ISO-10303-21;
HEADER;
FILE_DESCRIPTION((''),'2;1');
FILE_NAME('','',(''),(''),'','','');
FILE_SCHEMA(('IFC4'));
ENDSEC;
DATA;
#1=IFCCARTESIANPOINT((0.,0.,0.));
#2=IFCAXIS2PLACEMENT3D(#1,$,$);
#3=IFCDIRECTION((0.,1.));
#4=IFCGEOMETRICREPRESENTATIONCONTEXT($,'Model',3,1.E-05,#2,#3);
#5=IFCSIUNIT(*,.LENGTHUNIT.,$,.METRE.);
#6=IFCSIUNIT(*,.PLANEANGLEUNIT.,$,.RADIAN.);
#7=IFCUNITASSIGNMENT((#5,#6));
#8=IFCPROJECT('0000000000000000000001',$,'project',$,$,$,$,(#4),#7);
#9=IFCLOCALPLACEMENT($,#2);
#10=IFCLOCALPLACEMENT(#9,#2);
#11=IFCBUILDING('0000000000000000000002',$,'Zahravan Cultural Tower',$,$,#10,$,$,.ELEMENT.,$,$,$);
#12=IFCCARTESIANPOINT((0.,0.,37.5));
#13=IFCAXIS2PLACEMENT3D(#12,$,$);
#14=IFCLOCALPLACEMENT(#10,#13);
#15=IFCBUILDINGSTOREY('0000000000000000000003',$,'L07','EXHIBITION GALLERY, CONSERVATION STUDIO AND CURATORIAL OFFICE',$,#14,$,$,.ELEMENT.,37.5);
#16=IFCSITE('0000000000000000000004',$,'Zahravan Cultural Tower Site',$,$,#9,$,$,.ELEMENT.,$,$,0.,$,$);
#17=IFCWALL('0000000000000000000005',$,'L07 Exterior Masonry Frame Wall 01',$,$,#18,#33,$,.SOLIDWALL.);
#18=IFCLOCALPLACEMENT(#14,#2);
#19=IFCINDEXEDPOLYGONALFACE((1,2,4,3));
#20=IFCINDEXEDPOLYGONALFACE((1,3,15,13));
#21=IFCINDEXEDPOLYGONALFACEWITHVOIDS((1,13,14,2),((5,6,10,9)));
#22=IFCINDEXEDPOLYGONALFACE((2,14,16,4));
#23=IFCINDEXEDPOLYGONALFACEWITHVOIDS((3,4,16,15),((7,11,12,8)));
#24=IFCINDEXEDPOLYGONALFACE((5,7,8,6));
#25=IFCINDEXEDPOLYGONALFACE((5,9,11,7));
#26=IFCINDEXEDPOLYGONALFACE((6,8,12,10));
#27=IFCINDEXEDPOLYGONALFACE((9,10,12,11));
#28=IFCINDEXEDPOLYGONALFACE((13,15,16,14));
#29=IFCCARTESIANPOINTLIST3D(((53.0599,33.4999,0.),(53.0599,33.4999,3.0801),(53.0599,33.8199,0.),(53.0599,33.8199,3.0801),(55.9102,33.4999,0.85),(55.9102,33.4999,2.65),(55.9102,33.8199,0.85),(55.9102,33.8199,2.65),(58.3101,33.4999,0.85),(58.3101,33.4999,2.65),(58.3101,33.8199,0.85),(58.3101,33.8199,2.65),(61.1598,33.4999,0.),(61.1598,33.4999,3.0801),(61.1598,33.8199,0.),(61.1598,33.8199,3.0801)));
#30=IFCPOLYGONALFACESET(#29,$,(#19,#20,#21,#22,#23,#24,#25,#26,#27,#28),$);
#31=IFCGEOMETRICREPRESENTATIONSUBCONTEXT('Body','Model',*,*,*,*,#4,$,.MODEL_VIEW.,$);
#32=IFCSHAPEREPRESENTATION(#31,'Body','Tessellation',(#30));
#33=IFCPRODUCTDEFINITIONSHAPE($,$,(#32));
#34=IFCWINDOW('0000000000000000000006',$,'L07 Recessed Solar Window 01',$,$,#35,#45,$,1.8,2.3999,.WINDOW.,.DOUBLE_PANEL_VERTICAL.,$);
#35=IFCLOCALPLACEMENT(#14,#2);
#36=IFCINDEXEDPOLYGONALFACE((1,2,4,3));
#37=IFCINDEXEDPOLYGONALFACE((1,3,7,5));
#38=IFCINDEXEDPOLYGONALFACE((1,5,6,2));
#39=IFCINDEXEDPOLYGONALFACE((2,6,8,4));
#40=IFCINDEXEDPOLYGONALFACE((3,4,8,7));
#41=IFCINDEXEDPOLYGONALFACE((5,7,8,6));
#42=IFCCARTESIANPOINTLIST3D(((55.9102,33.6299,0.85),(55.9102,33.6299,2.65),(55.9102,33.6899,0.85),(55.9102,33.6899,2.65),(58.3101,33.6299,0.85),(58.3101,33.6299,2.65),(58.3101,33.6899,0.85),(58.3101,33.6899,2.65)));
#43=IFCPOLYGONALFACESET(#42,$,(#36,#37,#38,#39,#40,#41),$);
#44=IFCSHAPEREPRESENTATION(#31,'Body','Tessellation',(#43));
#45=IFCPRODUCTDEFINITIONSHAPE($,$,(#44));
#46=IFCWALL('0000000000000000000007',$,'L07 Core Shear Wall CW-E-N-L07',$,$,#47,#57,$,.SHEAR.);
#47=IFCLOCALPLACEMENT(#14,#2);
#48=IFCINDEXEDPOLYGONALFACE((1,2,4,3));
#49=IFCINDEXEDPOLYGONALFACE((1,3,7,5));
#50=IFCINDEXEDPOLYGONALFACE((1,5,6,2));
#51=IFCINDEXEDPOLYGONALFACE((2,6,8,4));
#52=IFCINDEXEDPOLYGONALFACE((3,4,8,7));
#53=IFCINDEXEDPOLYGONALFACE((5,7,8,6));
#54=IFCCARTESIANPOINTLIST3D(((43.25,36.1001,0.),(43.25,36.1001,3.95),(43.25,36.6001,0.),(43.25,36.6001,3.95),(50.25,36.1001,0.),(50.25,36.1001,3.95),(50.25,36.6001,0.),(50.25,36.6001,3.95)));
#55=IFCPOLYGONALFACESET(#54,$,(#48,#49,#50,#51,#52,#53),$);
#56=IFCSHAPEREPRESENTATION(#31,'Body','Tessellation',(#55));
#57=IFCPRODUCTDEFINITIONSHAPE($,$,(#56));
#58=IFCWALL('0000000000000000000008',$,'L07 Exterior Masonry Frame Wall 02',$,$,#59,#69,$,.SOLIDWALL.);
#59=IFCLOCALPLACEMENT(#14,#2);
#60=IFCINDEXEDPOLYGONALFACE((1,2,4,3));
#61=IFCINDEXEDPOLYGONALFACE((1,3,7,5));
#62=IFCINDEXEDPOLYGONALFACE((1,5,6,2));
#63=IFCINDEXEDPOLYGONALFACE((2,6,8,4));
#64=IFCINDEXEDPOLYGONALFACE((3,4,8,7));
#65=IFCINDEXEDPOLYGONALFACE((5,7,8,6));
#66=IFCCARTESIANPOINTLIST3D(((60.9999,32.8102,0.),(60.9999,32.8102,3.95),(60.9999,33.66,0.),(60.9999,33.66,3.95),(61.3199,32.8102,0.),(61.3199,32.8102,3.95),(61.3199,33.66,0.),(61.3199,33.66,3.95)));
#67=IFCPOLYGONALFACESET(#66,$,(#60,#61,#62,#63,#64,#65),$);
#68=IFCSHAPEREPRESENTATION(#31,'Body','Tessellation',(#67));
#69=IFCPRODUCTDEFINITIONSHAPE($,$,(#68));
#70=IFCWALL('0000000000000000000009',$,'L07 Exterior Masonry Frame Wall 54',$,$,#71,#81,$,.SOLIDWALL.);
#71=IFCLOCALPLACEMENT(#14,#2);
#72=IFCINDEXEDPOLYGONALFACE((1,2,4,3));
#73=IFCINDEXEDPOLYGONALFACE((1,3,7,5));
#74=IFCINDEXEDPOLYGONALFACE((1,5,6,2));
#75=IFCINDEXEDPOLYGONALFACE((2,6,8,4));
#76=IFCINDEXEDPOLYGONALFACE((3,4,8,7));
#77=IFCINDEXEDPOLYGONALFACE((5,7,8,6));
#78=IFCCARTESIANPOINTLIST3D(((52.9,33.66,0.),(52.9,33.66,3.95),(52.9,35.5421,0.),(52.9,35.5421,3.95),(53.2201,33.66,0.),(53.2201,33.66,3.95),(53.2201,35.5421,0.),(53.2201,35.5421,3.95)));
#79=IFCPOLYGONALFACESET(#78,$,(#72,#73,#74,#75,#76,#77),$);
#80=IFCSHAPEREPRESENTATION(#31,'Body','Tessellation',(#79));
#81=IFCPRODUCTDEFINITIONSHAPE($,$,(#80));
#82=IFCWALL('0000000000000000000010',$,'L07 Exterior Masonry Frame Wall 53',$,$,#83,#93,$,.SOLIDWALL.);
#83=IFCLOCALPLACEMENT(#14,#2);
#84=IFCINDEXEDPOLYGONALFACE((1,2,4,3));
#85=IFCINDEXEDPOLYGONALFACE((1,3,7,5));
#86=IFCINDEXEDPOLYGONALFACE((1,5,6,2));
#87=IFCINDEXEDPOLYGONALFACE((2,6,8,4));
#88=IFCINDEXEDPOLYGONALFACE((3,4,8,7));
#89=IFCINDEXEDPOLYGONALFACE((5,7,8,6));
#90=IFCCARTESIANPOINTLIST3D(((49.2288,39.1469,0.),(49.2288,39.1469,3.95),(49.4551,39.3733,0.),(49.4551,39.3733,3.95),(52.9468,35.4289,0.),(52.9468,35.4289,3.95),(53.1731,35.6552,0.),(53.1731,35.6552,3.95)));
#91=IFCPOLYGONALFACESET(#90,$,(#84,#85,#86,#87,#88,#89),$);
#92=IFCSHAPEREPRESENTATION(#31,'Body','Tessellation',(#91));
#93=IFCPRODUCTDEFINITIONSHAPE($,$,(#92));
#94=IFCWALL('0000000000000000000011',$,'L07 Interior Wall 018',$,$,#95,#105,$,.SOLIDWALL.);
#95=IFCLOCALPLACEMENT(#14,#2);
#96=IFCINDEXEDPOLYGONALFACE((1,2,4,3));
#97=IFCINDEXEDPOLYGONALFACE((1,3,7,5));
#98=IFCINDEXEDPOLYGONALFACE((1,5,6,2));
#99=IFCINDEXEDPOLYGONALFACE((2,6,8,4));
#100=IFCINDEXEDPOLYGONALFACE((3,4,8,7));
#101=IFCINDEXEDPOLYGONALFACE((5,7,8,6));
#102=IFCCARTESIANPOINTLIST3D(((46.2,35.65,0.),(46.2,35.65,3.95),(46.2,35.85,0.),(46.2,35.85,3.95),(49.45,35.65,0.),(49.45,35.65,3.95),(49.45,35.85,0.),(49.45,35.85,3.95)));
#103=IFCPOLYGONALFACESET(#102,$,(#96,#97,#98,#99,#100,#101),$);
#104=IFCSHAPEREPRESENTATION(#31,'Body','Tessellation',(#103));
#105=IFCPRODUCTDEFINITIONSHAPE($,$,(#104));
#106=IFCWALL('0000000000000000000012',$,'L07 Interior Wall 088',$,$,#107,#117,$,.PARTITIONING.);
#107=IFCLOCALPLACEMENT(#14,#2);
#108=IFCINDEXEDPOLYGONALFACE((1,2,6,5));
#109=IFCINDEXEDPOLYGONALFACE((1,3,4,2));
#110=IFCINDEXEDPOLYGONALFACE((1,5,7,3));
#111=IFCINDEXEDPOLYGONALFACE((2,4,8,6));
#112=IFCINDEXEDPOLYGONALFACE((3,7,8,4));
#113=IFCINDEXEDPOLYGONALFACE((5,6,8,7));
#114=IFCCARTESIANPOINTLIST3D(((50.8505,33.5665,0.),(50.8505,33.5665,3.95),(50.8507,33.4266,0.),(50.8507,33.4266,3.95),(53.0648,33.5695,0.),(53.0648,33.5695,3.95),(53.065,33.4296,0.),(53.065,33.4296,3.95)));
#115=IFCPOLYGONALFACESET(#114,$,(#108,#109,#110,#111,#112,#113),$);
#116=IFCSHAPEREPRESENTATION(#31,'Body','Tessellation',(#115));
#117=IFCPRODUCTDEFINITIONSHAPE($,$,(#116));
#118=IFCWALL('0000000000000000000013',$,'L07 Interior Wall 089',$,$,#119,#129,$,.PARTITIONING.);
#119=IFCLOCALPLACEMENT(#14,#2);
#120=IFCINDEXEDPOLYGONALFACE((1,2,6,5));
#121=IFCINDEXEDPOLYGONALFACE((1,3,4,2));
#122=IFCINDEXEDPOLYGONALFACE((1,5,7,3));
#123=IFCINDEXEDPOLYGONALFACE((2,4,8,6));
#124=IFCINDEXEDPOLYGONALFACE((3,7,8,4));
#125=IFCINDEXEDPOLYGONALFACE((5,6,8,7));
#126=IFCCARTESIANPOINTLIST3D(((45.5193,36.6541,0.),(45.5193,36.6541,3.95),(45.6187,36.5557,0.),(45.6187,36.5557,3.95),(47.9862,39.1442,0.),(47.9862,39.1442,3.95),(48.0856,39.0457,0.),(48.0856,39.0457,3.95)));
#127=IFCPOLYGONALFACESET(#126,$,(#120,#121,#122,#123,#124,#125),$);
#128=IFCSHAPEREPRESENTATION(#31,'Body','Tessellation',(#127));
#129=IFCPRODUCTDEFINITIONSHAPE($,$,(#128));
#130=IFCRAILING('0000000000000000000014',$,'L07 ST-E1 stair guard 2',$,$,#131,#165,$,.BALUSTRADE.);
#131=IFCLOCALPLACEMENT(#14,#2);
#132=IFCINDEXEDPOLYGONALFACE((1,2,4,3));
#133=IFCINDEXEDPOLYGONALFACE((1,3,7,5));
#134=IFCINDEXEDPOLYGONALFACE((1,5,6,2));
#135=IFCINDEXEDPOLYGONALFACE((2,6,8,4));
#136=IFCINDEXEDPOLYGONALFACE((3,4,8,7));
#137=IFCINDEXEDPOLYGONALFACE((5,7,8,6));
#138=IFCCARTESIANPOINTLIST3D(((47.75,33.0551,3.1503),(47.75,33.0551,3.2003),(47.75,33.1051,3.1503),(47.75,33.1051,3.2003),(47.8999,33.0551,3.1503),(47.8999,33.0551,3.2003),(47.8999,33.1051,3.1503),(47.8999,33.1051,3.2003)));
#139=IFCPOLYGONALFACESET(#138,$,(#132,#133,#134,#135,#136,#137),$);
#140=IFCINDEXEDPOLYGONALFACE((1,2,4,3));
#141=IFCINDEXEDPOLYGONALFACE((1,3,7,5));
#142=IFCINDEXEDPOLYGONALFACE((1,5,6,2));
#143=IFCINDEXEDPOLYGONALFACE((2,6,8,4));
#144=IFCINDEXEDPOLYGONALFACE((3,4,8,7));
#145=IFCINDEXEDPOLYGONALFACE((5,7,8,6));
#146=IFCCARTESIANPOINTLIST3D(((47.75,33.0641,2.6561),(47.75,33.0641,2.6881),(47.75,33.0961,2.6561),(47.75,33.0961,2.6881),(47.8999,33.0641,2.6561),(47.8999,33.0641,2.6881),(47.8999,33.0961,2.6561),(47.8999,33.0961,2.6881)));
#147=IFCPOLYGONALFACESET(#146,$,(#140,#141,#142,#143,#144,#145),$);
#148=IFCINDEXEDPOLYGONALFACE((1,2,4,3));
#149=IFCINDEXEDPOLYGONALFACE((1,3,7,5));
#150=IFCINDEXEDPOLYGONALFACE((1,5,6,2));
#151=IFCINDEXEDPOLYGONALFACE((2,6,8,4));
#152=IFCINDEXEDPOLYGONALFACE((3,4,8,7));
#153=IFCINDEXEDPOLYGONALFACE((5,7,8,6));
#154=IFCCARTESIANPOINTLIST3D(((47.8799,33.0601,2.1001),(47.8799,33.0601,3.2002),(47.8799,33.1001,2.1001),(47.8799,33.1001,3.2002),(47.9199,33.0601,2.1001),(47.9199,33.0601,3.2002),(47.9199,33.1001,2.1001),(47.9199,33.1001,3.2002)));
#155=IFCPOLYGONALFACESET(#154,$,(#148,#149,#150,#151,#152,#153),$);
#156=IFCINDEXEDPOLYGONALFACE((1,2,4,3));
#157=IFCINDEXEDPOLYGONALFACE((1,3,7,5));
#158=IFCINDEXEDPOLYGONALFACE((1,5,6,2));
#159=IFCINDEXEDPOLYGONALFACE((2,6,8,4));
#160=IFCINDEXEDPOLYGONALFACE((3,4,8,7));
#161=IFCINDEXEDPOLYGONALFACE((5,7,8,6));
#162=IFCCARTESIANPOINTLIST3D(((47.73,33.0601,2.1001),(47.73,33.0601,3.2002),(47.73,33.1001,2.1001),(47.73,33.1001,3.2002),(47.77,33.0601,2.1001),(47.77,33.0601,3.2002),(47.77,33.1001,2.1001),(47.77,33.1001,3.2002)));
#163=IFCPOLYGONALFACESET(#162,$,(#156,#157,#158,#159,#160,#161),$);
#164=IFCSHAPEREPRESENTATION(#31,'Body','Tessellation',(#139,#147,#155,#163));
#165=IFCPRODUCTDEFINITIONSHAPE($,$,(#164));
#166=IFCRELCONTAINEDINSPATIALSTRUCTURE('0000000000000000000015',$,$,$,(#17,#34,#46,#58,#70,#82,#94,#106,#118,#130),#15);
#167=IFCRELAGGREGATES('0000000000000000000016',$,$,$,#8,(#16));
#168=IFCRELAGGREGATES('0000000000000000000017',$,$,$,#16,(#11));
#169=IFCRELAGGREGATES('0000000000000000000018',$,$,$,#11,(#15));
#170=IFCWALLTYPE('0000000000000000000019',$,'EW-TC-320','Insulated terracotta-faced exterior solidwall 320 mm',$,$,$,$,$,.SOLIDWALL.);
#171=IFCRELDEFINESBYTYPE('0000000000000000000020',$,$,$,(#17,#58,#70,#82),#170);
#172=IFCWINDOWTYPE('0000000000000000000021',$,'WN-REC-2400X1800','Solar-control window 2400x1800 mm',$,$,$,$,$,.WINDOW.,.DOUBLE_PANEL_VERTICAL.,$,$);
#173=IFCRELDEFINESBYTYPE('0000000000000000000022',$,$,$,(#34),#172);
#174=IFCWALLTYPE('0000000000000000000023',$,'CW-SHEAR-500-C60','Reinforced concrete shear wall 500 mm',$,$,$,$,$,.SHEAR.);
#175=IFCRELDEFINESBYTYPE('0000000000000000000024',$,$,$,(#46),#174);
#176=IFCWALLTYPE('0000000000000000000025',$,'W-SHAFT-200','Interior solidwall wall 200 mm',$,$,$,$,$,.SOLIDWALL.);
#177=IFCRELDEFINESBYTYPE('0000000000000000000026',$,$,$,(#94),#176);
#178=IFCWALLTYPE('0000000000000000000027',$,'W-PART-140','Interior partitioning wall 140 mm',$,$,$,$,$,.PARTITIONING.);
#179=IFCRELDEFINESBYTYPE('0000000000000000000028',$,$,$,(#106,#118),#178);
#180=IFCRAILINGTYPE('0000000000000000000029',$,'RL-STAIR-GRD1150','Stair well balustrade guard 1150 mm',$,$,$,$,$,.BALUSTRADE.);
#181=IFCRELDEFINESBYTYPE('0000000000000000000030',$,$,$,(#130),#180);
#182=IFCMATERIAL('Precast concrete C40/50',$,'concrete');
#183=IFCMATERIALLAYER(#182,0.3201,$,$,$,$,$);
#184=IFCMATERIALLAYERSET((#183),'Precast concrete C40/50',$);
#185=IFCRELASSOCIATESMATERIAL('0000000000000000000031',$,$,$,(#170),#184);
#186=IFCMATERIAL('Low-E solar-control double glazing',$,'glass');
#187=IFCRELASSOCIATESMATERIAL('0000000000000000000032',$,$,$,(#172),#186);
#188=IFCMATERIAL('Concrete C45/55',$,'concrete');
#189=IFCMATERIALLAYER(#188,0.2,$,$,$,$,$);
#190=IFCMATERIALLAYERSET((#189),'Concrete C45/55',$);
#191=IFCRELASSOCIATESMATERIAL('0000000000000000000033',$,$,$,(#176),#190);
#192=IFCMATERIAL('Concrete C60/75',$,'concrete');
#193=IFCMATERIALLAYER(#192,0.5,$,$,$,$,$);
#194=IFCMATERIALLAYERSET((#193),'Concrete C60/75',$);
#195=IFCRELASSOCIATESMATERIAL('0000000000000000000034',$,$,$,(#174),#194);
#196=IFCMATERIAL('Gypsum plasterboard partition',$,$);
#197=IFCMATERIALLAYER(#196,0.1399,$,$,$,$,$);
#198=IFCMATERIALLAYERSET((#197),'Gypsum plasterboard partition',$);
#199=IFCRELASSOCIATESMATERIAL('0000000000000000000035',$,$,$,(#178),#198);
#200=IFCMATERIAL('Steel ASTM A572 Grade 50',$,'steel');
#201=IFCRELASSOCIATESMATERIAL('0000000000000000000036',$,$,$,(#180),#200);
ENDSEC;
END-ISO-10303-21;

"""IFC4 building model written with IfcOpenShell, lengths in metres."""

from ifc_helpers import new_model, si_unit, direction, frame, frame_2d, origin, origin_2d, place, context, subcontext, project, spatial, rectangle, extrude, source, transform, mapped, material, layer, layer_set, type_object, element, fill, save


model = new_model("IFC4")

# Units and contexts
model_context = context("Model", 3, precision=1e-05, world=origin(), true_north=direction((0.0, 1.0)))
body_context = subcontext(model_context, "Body", "Model", "MODEL_VIEW")
ifc_project = project(units=[si_unit("LENGTHUNIT", "METRE"), si_unit("PLANEANGLEUNIT", "RADIAN")], contexts=[model_context])

# Site, building, storey
site_placement = place(None, origin())
site = spatial("IfcSite", under=ifc_project, at=site_placement, Name="Zahravan Cultural Tower Site", CompositionType="ELEMENT", RefElevation=0.0)
building_placement = place(site_placement, origin())
building = spatial("IfcBuilding", under=site, at=building_placement, Name="Zahravan Cultural Tower", CompositionType="ELEMENT")
storey_placement = place(building_placement, frame((0.0, 0.0, 37.5)))
storey = spatial("IfcBuildingStorey", under=building, at=storey_placement, Name="L07", Description="EXHIBITION GALLERY, CONSERVATION STUDIO AND CURATORIAL OFFICE", CompositionType="ELEMENT", Elevation=37.5)

# Shared definitions
ifc_material_1 = material(Name="Concrete C60/75", Category="concrete")

# Wall, opening, window
ifc_material_2 = material(Name="Precast concrete C40/50", Category="concrete")
ifc_layer_1 = layer(ifc_material_2, 0.3201)
ifc_layer_set_1 = layer_set([ifc_layer_1], Name="Precast concrete C40/50")
wall_type_1 = type_object("IfcWallType", Name="EW-TC-320", Description="Insulated terracotta-faced exterior solidwall 320 mm", PredefinedType="SOLIDWALL", material=ifc_layer_set_1)
wall_1_placement = place(storey_placement, frame((53.0601, 33.6599, 0.0), z_axis=(0.0, 0.0, 1.0), x_axis=(1.0, 0.0, 0.0)))
wall_1 = element("IfcWall", 1, at=wall_1_placement, inside=storey, type_object=wall_type_1, Name="L07 Exterior Masonry Frame Wall 01", PredefinedType="SOLIDWALL", context=body_context, shape_type="SweptSolid", body=[
    extrude(rectangle(XDim=8.0999, YDim=0.3201, at=frame_2d((4.0498, 0.0))), origin(), (0.0, 0.0, 1.0), 3.0801),
])
opening_1_placement = place(wall_1_placement, frame((2.8501, 0.0, 0.8501)))
opening_1 = element("IfcOpeningElement", 2, at=opening_1_placement, cuts=wall_1, PredefinedType="OPENING", context=body_context, shape_type="SweptSolid", body=[
    extrude(rectangle(XDim=2.3999, YDim=1.8, at=frame_2d((1.2, 0.8999))), frame((0.0, 0.1699, 0.0), z_axis=(0.0, -1.0, 0.0), x_axis=(1.0, 0.0, 0.0)), (0.0, 0.0, 1.0), 0.3401),
])
ifc_material_3 = material(Name="Low-E solar-control double glazing", Category="glass")
window_type = type_object("IfcWindowType", Name="WN-REC-2400X1800", Description="Solar-control window 2400x1800 mm", PartitioningType="DOUBLE_PANEL_VERTICAL", PredefinedType="WINDOW", material=ifc_material_3)
shared_shape_1 = source(origin(), body_context, "Body", "SweptSolid", [
    extrude(rectangle(XDim=2.3999, YDim=1.8, at=frame_2d((1.2, 0.8999))), frame((0.0, 0.03, 0.0), z_axis=(0.0, -1.0, 0.0), x_axis=(1.0, 0.0, 0.0)), (0.0, 0.0, 1.0), 0.0601),
])
window_placement = place(opening_1_placement, origin())
window = element("IfcWindow", 3, at=window_placement, inside=storey, type_object=window_type, Name="L07 Recessed Solar Window 01", OverallHeight=1.8, OverallWidth=2.3999, PartitioningType="DOUBLE_PANEL_VERTICAL", PredefinedType="WINDOW", context=body_context, shape_type="MappedRepresentation", body=[
    mapped(shared_shape_1, transform((0.0, 0.0, 0.0), x_axis=(1.0, 0.0, 0.0), y_axis=(0.0, 1.0, 0.0), z_axis=(0.0, 0.0, 1.0), scale=1.0)),
])
fill(opening_1, window)

# Shared definitions
ifc_material_4 = material(Name="Concrete C45/55", Category="concrete")
ifc_layer_2 = layer(ifc_material_4, 0.2)
ifc_layer_set_2 = layer_set([ifc_layer_2], Name="Concrete C45/55")
wall_type_2 = type_object("IfcWallType", Name="W-SHAFT-200", Description="Interior solidwall wall 200 mm", PredefinedType="SOLIDWALL", material=ifc_layer_set_2)
ifc_material_5 = material(Name="Steel ASTM A572 Grade 50", Category="steel")

# Walls
ifc_layer_3 = layer(ifc_material_1, 0.5)
ifc_layer_set_3 = layer_set([ifc_layer_3], Name="Concrete C60/75")
wall_type_3 = type_object("IfcWallType", Name="CW-SHEAR-500-C60", Description="Reinforced concrete shear wall 500 mm", PredefinedType="SHEAR", material=ifc_layer_set_3)
shared_shape_2 = source(origin(), body_context, "Body", "SweptSolid", [
    extrude(rectangle(XDim=7.0, YDim=0.5, at=frame_2d((3.5, 0.0))), origin(), (0.0, 0.0, 1.0), 3.95),
])
wall_2_placement = place(storey_placement, frame((43.25, 36.3501, 0.0), z_axis=(0.0, 0.0, 1.0), x_axis=(1.0, 0.0, 0.0)))
element("IfcWall", 4, at=wall_2_placement, inside=storey, type_object=wall_type_3, Name="L07 Core Shear Wall CW-E-N-L07", PredefinedType="SHEAR", context=body_context, shape_type="MappedRepresentation", body=[
    mapped(shared_shape_2, transform((0.0, 0.0, 0.0), x_axis=(1.0, 0.0, 0.0), y_axis=(0.0, 1.0, 0.0), z_axis=(0.0, 0.0, 1.0), scale=1.0)),
])
shared_shape_3 = source(origin(), body_context, "Body", "SweptSolid", [
    extrude(rectangle(XDim=0.8499, YDim=0.3201, at=frame_2d((0.4248, 0.0))), origin(), (0.0, 0.0, 1.0), 3.95),
])
wall_3_placement = place(storey_placement, frame((61.1599, 33.6599, 0.0), z_axis=(0.0, 0.0, 1.0), x_axis=(0.0, -1.0, 0.0)))
element("IfcWall", 5, at=wall_3_placement, inside=storey, type_object=wall_type_1, Name="L07 Exterior Masonry Frame Wall 02", PredefinedType="SOLIDWALL", context=body_context, shape_type="MappedRepresentation", body=[
    mapped(shared_shape_3, transform((0.0, 0.0, 0.0), x_axis=(1.0, 0.0, 0.0), y_axis=(0.0, 1.0, 0.0), z_axis=(0.0, 0.0, 1.0), scale=1.0)),
])
shared_shape_4 = source(origin(), body_context, "Body", "SweptSolid", [
    extrude(rectangle(XDim=1.8821, YDim=0.3201, at=frame_2d((0.9409, 0.0))), origin(), (0.0, 0.0, 1.0), 3.95),
])
wall_4_placement = place(storey_placement, frame((53.0601, 35.542, 0.0), z_axis=(0.0, 0.0, 1.0), x_axis=(0.0, -1.0, 0.0)))
element("IfcWall", 6, at=wall_4_placement, inside=storey, type_object=wall_type_1, Name="L07 Exterior Masonry Frame Wall 54", PredefinedType="SOLIDWALL", context=body_context, shape_type="MappedRepresentation", body=[
    mapped(shared_shape_4, transform((0.0, 0.0, 0.0), x_axis=(1.0, 0.0, 0.0), y_axis=(0.0, 1.0, 0.0), z_axis=(0.0, 0.0, 1.0), scale=1.0)),
])
shared_shape_5 = source(origin(), body_context, "Body", "SweptSolid", [
    extrude(rectangle(XDim=5.2581, YDim=0.3201, at=frame_2d((2.6289, 0.0))), origin(), (0.0, 0.0, 1.0), 3.95),
])
wall_5_placement = place(storey_placement, frame((49.342, 39.26, 0.0), z_axis=(0.0, 0.0, 1.0), x_axis=(0.707107, -0.707107, 0.0)))
element("IfcWall", 7, at=wall_5_placement, inside=storey, type_object=wall_type_1, Name="L07 Exterior Masonry Frame Wall 53", PredefinedType="SOLIDWALL", context=body_context, shape_type="MappedRepresentation", body=[
    mapped(shared_shape_5, transform((0.0, 0.0, 0.0), x_axis=(1.0, 0.0, 0.0), y_axis=(0.0, 1.0, 0.0), z_axis=(0.0, 0.0, 1.0), scale=1.0)),
])
shared_shape_6 = source(origin(), body_context, "Body", "SweptSolid", [
    extrude(rectangle(XDim=3.25, YDim=0.2, at=frame_2d((1.625, 0.0))), origin(), (0.0, 0.0, 1.0), 3.95),
])
wall_6_placement = place(storey_placement, frame((46.2, 35.75, 0.0), z_axis=(0.0, 0.0, 1.0), x_axis=(1.0, 0.0, 0.0)))
element("IfcWall", 8, at=wall_6_placement, inside=storey, type_object=wall_type_2, Name="L07 Interior Wall 018", PredefinedType="SOLIDWALL", context=body_context, shape_type="MappedRepresentation", body=[
    mapped(shared_shape_6, transform((0.0, 0.0, 0.0), x_axis=(1.0, 0.0, 0.0), y_axis=(0.0, 1.0, 0.0), z_axis=(0.0, 0.0, 1.0), scale=1.0)),
])
ifc_material_6 = material(Name="Gypsum plasterboard partition")
ifc_layer_4 = layer(ifc_material_6, 0.1399)
ifc_layer_set_4 = layer_set([ifc_layer_4], Name="Gypsum plasterboard partition")
wall_type_4 = type_object("IfcWallType", Name="W-PART-140", Description="Interior partitioning wall 140 mm", PredefinedType="PARTITIONING", material=ifc_layer_set_4)
shared_shape_7 = source(origin(), body_context, "Body", "SweptSolid", [
    extrude(rectangle(XDim=2.2144, YDim=0.1399, at=frame_2d((1.1072, 0.0))), origin(), (0.0, 0.0, 1.0), 3.95),
])
wall_7_placement = place(storey_placement, frame((53.0649, 33.4995, 0.0), z_axis=(0.0, 0.0, 1.0), x_axis=(-0.999999, -0.001323, 0.0)))
element("IfcWall", 9, at=wall_7_placement, inside=storey, type_object=wall_type_4, Name="L07 Interior Wall 088", PredefinedType="PARTITIONING", context=body_context, shape_type="MappedRepresentation", body=[
    mapped(shared_shape_7, transform((0.0, 0.0, 0.0), x_axis=(1.0, 0.0, 0.0), y_axis=(0.0, 1.0, 0.0), z_axis=(0.0, 0.0, 1.0), scale=1.0)),
])
shared_shape_8 = source(origin(), body_context, "Body", "SweptSolid", [
    extrude(rectangle(XDim=3.5051, YDim=0.1399, at=frame_2d((1.7524, 0.0))), origin(), (0.0, 0.0, 1.0), 3.95),
])
wall_8_placement = place(storey_placement, frame((45.5691, 36.605, 0.0), z_axis=(0.0, 0.0, 1.0), x_axis=(0.70379, 0.710408, 0.0)))
element("IfcWall", 10, at=wall_8_placement, inside=storey, type_object=wall_type_4, Name="L07 Interior Wall 089", PredefinedType="PARTITIONING", context=body_context, shape_type="MappedRepresentation", body=[
    mapped(shared_shape_8, transform((0.0, 0.0, 0.0), x_axis=(1.0, 0.0, 0.0), y_axis=(0.0, 1.0, 0.0), z_axis=(0.0, 0.0, 1.0), scale=1.0)),
])

# Railing
railing_type = type_object("IfcRailingType", Name="RL-STAIR-GRD1150", Description="Stair well balustrade guard 1150 mm", PredefinedType="BALUSTRADE", material=ifc_material_5)
railing_1_placement = place(storey_placement, frame((47.8999, 33.0801, 2.1001)))
element("IfcRailing", 11, at=railing_1_placement, inside=storey, type_object=railing_type, Name="L07 ST-E1 stair guard 2", PredefinedType="BALUSTRADE", context=body_context, shape_type="SweptSolid", body=[
    extrude(rectangle(XDim=0.05, YDim=0.05, at=origin_2d()), frame((0.0, 0.0, 1.0752), z_axis=(-1.0, 0.0, 0.0), x_axis=(0.0, -1.0, 0.0)), (0.0, 0.0, 1.0), 0.1499),
    extrude(rectangle(XDim=0.032, YDim=0.032, at=origin_2d()), frame((0.0, 0.0, 0.572), z_axis=(-1.0, 0.0, 0.0), x_axis=(0.0, -1.0, 0.0)), (0.0, 0.0, 1.0), 0.1499),
    extrude(rectangle(XDim=0.04, YDim=0.04, at=origin_2d()), origin(), (0.0, 0.0, 1.0), 1.1001),
    extrude(rectangle(XDim=0.04, YDim=0.04, at=origin_2d()), frame((-0.1499, 0.0, 0.0)), (0.0, 0.0, 1.0), 1.1001),
])

save(model, "model.ifc")
